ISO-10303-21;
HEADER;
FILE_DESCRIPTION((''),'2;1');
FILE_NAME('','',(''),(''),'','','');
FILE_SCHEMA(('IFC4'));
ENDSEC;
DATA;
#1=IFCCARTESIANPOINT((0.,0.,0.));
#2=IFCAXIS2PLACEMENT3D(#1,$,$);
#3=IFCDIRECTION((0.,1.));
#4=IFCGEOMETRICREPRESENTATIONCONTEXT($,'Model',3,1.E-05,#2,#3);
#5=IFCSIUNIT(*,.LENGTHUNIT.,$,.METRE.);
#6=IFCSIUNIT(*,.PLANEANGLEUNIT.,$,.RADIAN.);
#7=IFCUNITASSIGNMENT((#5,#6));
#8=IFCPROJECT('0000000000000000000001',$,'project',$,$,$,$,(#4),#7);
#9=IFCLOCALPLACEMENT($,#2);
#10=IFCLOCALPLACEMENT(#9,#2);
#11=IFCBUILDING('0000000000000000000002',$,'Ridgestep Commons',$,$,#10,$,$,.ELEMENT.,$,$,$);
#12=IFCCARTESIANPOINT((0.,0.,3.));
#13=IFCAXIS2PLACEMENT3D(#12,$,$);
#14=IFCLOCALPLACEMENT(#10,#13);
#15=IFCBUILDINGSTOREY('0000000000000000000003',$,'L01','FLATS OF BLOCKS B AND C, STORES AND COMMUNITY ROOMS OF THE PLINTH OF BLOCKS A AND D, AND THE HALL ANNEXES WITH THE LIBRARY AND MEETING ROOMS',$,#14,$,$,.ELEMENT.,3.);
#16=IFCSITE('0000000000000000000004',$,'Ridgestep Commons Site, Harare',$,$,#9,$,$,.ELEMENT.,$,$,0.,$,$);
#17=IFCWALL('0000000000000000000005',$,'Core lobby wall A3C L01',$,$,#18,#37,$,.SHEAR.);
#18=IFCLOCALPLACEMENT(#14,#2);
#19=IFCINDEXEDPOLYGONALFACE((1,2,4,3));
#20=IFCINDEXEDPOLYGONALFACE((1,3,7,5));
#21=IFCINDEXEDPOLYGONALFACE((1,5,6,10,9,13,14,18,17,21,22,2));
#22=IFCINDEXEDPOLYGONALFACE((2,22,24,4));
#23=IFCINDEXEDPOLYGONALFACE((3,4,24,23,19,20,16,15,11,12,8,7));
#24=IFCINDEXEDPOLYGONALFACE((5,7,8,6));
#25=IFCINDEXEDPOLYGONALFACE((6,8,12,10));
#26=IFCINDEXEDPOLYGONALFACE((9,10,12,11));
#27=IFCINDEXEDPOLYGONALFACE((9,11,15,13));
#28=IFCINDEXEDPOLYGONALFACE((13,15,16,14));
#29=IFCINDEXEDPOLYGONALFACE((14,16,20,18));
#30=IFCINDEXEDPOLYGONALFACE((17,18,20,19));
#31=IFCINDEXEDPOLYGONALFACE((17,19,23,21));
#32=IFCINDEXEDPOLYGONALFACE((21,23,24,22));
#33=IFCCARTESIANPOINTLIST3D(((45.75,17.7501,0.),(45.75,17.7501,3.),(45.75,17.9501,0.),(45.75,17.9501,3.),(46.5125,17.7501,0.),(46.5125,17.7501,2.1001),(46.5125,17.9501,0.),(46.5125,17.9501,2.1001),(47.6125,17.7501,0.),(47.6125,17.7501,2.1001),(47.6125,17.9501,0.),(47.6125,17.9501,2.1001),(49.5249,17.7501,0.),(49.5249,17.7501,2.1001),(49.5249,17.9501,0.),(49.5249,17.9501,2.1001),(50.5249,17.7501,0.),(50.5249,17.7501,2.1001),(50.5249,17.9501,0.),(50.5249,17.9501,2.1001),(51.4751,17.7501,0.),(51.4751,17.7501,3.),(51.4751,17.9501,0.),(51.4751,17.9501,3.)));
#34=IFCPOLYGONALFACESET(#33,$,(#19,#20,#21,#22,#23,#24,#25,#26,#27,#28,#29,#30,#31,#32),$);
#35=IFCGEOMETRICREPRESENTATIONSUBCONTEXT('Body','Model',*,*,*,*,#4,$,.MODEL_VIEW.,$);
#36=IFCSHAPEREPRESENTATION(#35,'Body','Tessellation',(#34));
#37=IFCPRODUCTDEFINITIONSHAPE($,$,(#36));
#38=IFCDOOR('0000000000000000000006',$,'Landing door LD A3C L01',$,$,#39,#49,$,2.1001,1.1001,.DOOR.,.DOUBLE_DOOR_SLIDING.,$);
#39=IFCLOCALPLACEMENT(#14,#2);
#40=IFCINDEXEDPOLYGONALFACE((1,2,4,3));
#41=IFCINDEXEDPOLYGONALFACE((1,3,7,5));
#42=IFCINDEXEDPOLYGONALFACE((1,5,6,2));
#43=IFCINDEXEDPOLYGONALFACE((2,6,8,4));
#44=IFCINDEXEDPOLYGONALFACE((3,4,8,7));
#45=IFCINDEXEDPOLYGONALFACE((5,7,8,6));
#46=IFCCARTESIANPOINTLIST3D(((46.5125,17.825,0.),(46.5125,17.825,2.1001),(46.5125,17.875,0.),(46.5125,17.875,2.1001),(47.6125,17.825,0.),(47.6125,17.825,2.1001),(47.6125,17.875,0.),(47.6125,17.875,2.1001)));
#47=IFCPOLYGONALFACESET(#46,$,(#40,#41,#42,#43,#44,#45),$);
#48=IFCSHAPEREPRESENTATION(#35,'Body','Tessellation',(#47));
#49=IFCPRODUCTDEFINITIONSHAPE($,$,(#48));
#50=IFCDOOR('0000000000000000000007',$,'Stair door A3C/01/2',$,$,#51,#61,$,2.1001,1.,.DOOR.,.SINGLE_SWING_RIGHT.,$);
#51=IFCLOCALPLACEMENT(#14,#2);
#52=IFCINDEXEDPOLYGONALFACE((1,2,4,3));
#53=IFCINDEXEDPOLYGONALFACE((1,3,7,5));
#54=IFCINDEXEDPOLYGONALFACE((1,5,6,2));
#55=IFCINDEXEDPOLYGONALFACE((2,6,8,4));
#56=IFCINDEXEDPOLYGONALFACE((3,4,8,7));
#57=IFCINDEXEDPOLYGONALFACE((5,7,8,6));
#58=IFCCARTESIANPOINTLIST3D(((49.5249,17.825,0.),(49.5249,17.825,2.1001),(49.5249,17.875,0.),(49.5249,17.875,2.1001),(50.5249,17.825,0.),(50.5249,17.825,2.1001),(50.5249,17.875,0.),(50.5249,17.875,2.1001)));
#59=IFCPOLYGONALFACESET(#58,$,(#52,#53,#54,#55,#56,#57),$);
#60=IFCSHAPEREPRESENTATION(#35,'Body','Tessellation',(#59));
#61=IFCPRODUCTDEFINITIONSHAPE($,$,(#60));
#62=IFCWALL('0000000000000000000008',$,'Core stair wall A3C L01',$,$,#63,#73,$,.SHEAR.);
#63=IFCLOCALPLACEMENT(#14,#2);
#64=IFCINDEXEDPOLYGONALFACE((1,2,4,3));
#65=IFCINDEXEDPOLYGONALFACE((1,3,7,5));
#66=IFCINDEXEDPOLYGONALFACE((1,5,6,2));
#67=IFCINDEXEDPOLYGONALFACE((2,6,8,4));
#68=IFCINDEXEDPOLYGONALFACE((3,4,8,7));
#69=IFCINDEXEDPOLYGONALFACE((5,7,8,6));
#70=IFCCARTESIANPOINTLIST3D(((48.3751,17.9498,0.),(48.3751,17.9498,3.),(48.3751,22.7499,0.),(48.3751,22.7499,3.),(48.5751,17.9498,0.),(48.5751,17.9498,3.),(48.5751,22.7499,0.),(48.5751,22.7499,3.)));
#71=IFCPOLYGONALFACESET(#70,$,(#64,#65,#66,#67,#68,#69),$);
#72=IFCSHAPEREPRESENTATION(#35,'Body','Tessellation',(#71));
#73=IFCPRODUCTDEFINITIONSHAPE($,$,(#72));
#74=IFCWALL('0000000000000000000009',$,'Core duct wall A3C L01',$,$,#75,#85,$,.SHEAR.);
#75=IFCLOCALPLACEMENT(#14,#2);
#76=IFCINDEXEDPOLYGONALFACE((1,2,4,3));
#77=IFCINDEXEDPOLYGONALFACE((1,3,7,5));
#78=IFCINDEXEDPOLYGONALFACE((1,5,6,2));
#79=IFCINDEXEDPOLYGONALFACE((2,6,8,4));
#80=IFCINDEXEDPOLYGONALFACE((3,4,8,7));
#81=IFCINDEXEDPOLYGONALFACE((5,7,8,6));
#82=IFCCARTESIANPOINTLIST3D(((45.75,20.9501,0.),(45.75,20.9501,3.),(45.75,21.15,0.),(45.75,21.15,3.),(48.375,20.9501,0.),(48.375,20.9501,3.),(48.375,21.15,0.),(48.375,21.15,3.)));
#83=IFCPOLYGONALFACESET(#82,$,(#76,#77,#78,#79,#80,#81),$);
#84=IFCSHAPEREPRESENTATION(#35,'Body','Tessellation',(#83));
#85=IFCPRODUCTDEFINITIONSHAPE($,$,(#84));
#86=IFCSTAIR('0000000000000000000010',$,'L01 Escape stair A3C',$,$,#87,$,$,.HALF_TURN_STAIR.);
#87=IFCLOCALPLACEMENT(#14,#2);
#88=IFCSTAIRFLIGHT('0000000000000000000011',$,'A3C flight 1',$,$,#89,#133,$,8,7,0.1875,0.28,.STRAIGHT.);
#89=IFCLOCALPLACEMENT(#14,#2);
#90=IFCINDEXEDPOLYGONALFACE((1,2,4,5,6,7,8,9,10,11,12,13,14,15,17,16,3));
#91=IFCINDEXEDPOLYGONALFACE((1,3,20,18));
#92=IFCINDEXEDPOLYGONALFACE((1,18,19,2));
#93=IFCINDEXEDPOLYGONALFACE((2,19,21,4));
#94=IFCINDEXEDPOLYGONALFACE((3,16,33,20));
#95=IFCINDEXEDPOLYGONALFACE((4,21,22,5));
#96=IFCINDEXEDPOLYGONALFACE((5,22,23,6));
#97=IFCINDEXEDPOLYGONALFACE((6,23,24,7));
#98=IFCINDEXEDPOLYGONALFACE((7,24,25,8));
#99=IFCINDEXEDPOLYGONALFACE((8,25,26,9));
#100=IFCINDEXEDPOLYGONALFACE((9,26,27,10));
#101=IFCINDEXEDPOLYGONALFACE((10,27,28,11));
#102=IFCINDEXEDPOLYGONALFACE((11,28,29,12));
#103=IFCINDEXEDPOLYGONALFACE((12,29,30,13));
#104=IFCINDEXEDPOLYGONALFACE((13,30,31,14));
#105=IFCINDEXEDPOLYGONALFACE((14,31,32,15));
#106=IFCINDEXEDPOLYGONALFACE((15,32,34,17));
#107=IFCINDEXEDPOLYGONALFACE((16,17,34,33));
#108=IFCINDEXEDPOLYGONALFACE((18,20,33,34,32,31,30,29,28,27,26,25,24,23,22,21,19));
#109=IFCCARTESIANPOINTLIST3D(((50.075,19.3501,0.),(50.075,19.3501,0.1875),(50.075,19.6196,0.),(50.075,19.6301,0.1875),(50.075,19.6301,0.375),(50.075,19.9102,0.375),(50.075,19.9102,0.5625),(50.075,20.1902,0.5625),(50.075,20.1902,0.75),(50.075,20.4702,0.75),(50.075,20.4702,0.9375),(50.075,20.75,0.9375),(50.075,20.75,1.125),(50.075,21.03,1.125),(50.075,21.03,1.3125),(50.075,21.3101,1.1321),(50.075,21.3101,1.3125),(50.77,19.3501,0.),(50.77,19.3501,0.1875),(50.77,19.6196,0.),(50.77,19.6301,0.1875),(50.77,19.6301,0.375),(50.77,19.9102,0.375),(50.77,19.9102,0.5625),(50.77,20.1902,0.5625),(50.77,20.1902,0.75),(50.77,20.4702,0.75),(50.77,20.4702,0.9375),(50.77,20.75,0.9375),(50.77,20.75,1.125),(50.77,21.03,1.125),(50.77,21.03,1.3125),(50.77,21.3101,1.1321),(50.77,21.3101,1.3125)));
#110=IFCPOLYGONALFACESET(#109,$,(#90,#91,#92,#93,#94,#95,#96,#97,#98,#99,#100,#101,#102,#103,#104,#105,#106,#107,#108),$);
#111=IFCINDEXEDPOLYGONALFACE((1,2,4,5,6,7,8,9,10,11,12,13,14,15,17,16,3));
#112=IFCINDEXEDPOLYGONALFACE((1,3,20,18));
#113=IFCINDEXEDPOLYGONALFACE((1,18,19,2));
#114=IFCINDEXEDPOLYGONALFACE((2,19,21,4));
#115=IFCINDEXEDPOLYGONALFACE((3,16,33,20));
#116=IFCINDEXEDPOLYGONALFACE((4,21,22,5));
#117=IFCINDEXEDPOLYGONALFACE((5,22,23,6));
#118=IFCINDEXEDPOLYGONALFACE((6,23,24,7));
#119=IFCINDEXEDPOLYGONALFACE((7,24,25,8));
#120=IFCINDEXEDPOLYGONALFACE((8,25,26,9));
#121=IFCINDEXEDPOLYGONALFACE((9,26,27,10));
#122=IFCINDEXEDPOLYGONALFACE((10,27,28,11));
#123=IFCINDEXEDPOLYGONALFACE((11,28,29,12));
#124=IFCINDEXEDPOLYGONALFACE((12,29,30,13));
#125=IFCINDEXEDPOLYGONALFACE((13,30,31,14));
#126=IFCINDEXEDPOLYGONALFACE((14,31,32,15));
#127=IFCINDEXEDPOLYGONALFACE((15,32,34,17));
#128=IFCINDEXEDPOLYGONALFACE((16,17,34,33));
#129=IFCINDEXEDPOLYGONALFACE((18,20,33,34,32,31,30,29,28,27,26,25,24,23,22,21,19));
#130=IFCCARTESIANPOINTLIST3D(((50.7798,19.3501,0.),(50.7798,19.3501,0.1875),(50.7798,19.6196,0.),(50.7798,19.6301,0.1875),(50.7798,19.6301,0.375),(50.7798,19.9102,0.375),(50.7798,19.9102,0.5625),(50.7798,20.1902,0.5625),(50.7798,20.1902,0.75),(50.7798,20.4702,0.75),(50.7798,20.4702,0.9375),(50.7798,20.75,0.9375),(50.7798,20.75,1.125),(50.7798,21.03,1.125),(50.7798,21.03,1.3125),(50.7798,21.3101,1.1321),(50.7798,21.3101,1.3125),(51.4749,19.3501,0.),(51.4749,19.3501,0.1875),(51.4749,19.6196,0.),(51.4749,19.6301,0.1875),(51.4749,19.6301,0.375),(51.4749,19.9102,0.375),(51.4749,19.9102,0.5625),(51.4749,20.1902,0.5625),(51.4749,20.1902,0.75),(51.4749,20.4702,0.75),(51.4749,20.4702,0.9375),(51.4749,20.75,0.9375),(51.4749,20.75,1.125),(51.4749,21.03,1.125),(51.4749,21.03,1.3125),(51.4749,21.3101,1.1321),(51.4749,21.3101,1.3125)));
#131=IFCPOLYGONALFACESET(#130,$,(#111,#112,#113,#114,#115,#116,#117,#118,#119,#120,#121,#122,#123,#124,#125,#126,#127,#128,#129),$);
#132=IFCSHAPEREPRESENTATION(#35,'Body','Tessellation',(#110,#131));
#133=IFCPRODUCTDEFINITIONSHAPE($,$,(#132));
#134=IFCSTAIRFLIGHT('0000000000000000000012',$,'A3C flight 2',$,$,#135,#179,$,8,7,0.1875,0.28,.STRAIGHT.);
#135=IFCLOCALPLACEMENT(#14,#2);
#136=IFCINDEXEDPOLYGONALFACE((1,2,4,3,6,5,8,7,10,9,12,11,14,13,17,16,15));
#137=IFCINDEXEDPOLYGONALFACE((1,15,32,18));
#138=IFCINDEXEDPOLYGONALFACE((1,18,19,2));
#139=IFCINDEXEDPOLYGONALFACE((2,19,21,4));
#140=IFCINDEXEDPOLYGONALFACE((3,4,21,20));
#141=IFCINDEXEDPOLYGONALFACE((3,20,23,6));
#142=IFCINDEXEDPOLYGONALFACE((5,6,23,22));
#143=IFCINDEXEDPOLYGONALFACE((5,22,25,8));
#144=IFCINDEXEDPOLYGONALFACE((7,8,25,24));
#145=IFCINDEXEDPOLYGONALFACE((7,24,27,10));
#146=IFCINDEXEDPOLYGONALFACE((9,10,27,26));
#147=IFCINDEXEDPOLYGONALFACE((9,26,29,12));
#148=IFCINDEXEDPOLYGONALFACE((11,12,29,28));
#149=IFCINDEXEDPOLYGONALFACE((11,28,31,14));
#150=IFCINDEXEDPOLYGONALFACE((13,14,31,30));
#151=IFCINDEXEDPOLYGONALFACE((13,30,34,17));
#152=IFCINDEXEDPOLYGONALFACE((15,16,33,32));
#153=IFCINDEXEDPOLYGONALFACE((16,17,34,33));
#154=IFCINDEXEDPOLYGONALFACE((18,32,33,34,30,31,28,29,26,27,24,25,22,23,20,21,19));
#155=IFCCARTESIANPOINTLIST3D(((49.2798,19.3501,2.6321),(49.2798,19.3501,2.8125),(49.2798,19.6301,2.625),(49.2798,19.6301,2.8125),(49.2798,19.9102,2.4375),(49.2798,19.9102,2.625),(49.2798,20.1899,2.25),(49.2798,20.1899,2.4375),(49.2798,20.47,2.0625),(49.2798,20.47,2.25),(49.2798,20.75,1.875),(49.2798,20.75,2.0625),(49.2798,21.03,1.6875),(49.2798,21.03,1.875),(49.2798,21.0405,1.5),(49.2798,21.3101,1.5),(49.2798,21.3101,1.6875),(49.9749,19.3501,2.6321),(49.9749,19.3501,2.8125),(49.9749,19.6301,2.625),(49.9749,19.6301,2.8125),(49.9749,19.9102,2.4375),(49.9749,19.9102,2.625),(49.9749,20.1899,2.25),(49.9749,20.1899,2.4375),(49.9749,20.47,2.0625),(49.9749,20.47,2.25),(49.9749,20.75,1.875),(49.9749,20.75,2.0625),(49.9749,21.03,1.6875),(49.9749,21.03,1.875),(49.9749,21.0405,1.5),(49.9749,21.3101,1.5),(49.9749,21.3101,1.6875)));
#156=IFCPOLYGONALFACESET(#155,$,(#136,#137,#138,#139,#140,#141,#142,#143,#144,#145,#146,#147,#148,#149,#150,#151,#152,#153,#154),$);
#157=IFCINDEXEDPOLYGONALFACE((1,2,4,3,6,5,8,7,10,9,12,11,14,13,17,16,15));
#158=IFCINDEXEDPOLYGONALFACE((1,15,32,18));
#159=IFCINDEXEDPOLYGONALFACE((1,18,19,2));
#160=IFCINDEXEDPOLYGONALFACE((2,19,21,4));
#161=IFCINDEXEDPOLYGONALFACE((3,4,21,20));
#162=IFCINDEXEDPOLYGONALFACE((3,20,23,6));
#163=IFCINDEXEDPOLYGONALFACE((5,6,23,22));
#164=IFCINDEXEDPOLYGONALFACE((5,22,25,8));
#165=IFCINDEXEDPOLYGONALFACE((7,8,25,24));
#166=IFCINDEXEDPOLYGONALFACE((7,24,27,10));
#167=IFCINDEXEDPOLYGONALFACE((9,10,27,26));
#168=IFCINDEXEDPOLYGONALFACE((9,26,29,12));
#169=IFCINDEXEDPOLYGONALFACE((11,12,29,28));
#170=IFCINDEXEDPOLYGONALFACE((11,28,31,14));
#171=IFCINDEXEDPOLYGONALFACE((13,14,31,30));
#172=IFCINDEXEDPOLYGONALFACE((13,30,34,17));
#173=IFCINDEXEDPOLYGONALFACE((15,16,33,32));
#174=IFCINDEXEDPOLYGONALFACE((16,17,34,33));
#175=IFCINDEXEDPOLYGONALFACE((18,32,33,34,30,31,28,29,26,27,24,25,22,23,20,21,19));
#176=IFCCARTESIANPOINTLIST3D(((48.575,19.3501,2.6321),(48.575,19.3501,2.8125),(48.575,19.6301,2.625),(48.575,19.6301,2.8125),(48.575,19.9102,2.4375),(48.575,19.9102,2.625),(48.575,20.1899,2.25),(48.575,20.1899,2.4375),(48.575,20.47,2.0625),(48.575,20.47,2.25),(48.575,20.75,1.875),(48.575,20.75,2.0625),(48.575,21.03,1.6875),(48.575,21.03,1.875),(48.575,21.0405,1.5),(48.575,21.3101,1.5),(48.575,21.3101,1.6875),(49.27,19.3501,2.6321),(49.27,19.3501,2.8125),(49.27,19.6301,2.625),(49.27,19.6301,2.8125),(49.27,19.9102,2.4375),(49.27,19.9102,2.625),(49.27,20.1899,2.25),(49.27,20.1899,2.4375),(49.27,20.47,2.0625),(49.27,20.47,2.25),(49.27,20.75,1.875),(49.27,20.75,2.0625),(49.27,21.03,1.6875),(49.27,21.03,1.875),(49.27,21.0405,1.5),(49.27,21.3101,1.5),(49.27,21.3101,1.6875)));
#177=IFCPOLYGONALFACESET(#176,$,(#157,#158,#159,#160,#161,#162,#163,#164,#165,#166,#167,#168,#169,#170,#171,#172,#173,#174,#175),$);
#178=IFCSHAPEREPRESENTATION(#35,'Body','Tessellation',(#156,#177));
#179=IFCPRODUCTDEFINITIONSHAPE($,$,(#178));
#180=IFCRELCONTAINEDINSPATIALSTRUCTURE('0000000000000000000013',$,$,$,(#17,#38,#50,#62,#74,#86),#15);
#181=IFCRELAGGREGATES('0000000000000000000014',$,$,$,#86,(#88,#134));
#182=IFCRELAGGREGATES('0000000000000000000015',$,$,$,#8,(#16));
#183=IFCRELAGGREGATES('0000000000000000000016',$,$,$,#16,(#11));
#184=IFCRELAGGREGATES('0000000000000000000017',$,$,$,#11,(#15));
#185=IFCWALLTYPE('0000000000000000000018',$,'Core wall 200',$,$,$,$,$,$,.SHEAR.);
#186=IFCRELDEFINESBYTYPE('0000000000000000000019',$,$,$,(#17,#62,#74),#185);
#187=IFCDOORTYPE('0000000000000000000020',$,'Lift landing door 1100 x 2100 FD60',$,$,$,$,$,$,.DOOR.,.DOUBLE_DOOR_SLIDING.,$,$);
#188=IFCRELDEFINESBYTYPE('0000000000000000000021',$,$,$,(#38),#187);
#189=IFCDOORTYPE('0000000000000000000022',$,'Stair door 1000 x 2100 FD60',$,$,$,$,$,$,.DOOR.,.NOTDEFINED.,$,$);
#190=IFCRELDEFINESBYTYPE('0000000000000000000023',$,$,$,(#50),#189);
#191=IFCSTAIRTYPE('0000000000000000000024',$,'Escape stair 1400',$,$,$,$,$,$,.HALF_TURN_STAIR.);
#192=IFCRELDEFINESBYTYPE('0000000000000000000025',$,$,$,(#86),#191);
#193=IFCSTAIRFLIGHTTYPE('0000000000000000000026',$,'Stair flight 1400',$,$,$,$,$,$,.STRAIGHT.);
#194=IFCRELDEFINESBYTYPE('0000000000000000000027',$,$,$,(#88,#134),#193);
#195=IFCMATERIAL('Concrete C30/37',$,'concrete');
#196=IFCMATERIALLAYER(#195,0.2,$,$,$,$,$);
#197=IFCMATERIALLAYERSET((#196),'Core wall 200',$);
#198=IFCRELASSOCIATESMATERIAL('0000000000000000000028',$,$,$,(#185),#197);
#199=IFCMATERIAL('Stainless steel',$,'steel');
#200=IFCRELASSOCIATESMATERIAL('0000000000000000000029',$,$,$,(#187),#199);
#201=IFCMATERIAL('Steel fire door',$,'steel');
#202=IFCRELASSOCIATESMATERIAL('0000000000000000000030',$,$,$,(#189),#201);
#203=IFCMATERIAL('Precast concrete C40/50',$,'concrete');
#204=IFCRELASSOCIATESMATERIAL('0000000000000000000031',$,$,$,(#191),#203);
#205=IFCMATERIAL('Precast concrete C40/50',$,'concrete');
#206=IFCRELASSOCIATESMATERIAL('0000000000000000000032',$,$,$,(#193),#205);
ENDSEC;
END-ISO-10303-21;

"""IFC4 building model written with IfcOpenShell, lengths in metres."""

from ifc_helpers import new_model, si_unit, direction, frame, frame_2d, origin, place, context, subcontext, project, spatial, polyline, rectangle, outline, extrude, material, layer, layer_set, type_object, element, fill, aggregate, save


model = new_model("IFC4")

# Units and contexts
model_context = context("Model", 3, precision=1e-05, world=origin(), true_north=direction((0.0, 1.0)))
body_context = subcontext(model_context, "Body", "Model", "MODEL_VIEW")
ifc_project = project(units=[si_unit("LENGTHUNIT", "METRE"), si_unit("PLANEANGLEUNIT", "RADIAN")], contexts=[model_context])

# Site, building, storey
site_placement = place(None, origin())
site = spatial("IfcSite", under=ifc_project, at=site_placement, Name="Ridgestep Commons Site, Harare", CompositionType="ELEMENT", RefElevation=0.0)
building_placement = place(site_placement, origin())
building = spatial("IfcBuilding", under=site, at=building_placement, Name="Ridgestep Commons", CompositionType="ELEMENT")
storey_placement = place(building_placement, frame((0.0, 0.0, 3.0)))
storey = spatial("IfcBuildingStorey", under=building, at=storey_placement, Name="L01", Description="FLATS OF BLOCKS B AND C, STORES AND COMMUNITY ROOMS OF THE PLINTH OF BLOCKS A AND D, AND THE HALL ANNEXES WITH THE LIBRARY AND MEETING ROOMS", CompositionType="ELEMENT", Elevation=3.0)

# Shared definitions
ifc_material_1 = material(Name="Concrete C30/37", Category="concrete")
ifc_layer_1 = layer(ifc_material_1, 0.2)
ifc_layer_set_1 = layer_set([ifc_layer_1], Name="Core wall 200")
wall_type_1 = type_object("IfcWallType", Name="Core wall 200", PredefinedType="SHEAR", material=ifc_layer_set_1)

# Wall, openings, doors
wall_1_placement = place(storey_placement, frame((45.75, 17.8501, 0.0), z_axis=(0.0, 0.0, 1.0), x_axis=(1.0, 0.0, 0.0)))
wall_1 = element("IfcWall", 1, at=wall_1_placement, inside=storey, type_object=wall_type_1, Name="Core lobby wall A3C L01", PredefinedType="SHEAR", context=body_context, shape_type="SweptSolid", body=[
    extrude(rectangle(XDim=5.7251, YDim=0.2, at=frame_2d((2.8625, 0.0))), origin(), (0.0, 0.0, 1.0), 3.0),
])
opening_1_placement = place(wall_1_placement, frame((3.7749, 0.0, 0.0)))
opening_1 = element("IfcOpeningElement", 2, at=opening_1_placement, cuts=wall_1, PredefinedType="OPENING", context=body_context, shape_type="SweptSolid", body=[
    extrude(rectangle(XDim=1.0, YDim=2.1001, at=frame_2d((0.5, 1.05))), frame((0.0, 0.1099, 0.0), z_axis=(0.0, -1.0, 0.0), x_axis=(1.0, 0.0, 0.0)), (0.0, 0.0, 1.0), 0.22),
])
opening_2_placement = place(wall_1_placement, frame((0.7625, 0.0, 0.0)))
opening_2 = element("IfcOpeningElement", 3, at=opening_2_placement, cuts=wall_1, PredefinedType="OPENING", context=body_context, shape_type="SweptSolid", body=[
    extrude(rectangle(XDim=1.1001, YDim=2.1001, at=frame_2d((0.55, 1.05))), frame((0.0, 0.1099, 0.0), z_axis=(0.0, -1.0, 0.0), x_axis=(1.0, 0.0, 0.0)), (0.0, 0.0, 1.0), 0.22),
])
ifc_material_2 = material(Name="Stainless steel", Category="steel")
door_type_1 = type_object("IfcDoorType", Name="Lift landing door 1100 x 2100 FD60", OperationType="DOUBLE_DOOR_SLIDING", PredefinedType="DOOR", material=ifc_material_2)
door_1_placement = place(opening_2_placement, origin())
door_1 = element("IfcDoor", 4, at=door_1_placement, inside=storey, type_object=door_type_1, Name="Landing door LD A3C L01", OperationType="DOUBLE_DOOR_SLIDING", OverallHeight=2.1001, OverallWidth=1.1001, PredefinedType="DOOR", context=body_context, shape_type="SweptSolid", body=[
    extrude(rectangle(XDim=1.1001, YDim=2.1001, at=frame_2d((0.55, 1.05))), frame((0.0, 0.0249, 0.0), z_axis=(0.0, -1.0, 0.0), x_axis=(1.0, 0.0, 0.0)), (0.0, 0.0, 1.0), 0.05),
])
fill(opening_2, door_1)
ifc_material_3 = material(Name="Steel fire door", Category="steel")
door_type_2 = type_object("IfcDoorType", Name="Stair door 1000 x 2100 FD60", OperationType="NOTDEFINED", PredefinedType="DOOR", material=ifc_material_3)
door_2_placement = place(opening_1_placement, origin())
door_2 = element("IfcDoor", 5, at=door_2_placement, inside=storey, type_object=door_type_2, Name="Stair door A3C/01/2", OperationType="SINGLE_SWING_RIGHT", OverallHeight=2.1001, OverallWidth=1.0, PredefinedType="DOOR", context=body_context, shape_type="SweptSolid", body=[
    extrude(rectangle(XDim=1.0, YDim=2.1001, at=frame_2d((0.5, 1.05))), frame((0.0, 0.0249, 0.0), z_axis=(0.0, -1.0, 0.0), x_axis=(1.0, 0.0, 0.0)), (0.0, 0.0, 1.0), 0.05),
])
fill(opening_1, door_2)

# Walls
wall_2_placement = place(storey_placement, frame((48.4751, 17.95, 0.0), z_axis=(0.0, 0.0, 1.0), x_axis=(0.0, 1.0, 0.0)))
element("IfcWall", 6, at=wall_2_placement, inside=storey, type_object=wall_type_1, Name="Core stair wall A3C L01", PredefinedType="SHEAR", context=body_context, shape_type="SweptSolid", body=[
    extrude(rectangle(XDim=4.8, YDim=0.2, at=frame_2d((2.3999, 0.0))), origin(), (0.0, 0.0, 1.0), 3.0),
])
wall_3_placement = place(storey_placement, frame((45.75, 21.05, 0.0), z_axis=(0.0, 0.0, 1.0), x_axis=(1.0, 0.0, 0.0)))
element("IfcWall", 7, at=wall_3_placement, inside=storey, type_object=wall_type_1, Name="Core duct wall A3C L01", PredefinedType="SHEAR", context=body_context, shape_type="SweptSolid", body=[
    extrude(rectangle(XDim=2.625, YDim=0.2, at=frame_2d((1.3125, 0.0))), origin(), (0.0, 0.0, 1.0), 3.0),
])

# Stair, stair flights
ifc_material_4 = material(Name="Precast concrete C40/50", Category="concrete")
stair_type = type_object("IfcStairType", Name="Escape stair 1400", PredefinedType="HALF_TURN_STAIR", material=ifc_material_4)
stair_placement = place(storey_placement, origin())
stair = element("IfcStair", 8, at=stair_placement, inside=storey, type_object=stair_type, Name="L01 Escape stair A3C", PredefinedType="HALF_TURN_STAIR")
ifc_material_5 = material(Name="Precast concrete C40/50", Category="concrete")
stair_flight_type = type_object("IfcStairFlightType", Name="Stair flight 1400", PredefinedType="STRAIGHT", material=ifc_material_5)
stair_flight_1_placement = place(storey_placement, frame((50.7749, 19.3501, 0.0), z_axis=(0.0, 0.0, 1.0), x_axis=(0.0, 1.0, 0.0)))
stair_flight_1 = element("IfcStairFlight", 9, at=stair_flight_1_placement, type_object=stair_flight_type, Name="A3C flight 1", NumberOfRisers=8, NumberOfTreads=7, PredefinedType="STRAIGHT", RiserHeight=0.1875, TreadLength=0.28, context=body_context, shape_type="SweptSolid", body=[
    extrude(outline(polyline([(0.0, 0.0), (0.0, 0.1875), (0.28, 0.1875), (0.28, 0.375), (0.5601, 0.375), (0.5601, 0.5625), (0.8401, 0.5625), (0.8401, 0.75), (1.1201, 0.75), (1.1201, 0.9375), (1.3999, 0.9375), (1.3999, 1.125), (1.6799, 1.125), (1.6799, 1.3125), (1.96, 1.3125), (1.96, 1.5), (1.96, 1.1321), (0.2695, 0.0), (0.0, 0.0)])), frame((0.0, 0.7, 0.0), z_axis=(0.0, -1.0, 0.0), x_axis=(1.0, 0.0, 0.0)), (0.0, 0.0, 1.0), 0.6951),
    extrude(outline(polyline([(0.0, 0.0), (0.0, 0.1875), (0.28, 0.1875), (0.28, 0.375), (0.5601, 0.375), (0.5601, 0.5625), (0.8401, 0.5625), (0.8401, 0.75), (1.1201, 0.75), (1.1201, 0.9375), (1.3999, 0.9375), (1.3999, 1.125), (1.6799, 1.125), (1.6799, 1.3125), (1.96, 1.3125), (1.96, 1.5), (1.96, 1.1321), (0.2695, 0.0), (0.0, 0.0)])), frame((0.0, -0.0049, 0.0), z_axis=(0.0, -1.0, 0.0), x_axis=(1.0, 0.0, 0.0)), (0.0, 0.0, 1.0), 0.6951),
])
stair_flight_2_placement = place(storey_placement, frame((49.2749, 21.3101, 1.5), z_axis=(0.0, 0.0, 1.0), x_axis=(0.0, -1.0, 0.0)))
stair_flight_2 = element("IfcStairFlight", 10, at=stair_flight_2_placement, type_object=stair_flight_type, Name="A3C flight 2", NumberOfRisers=8, NumberOfTreads=7, PredefinedType="STRAIGHT", RiserHeight=0.1875, TreadLength=0.28, context=body_context, shape_type="SweptSolid", body=[
    extrude(outline(polyline([(0.0, 0.0), (0.0, 0.1875), (0.28, 0.1875), (0.28, 0.375), (0.5601, 0.375), (0.5601, 0.5625), (0.8401, 0.5625), (0.8401, 0.75), (1.1201, 0.75), (1.1201, 0.9375), (1.3999, 0.9375), (1.3999, 1.125), (1.6799, 1.125), (1.6799, 1.3125), (1.96, 1.3125), (1.96, 1.5), (1.96, 1.1321), (0.2695, 0.0), (0.0, 0.0)])), frame((0.0, 0.7, 0.0), z_axis=(0.0, -1.0, 0.0), x_axis=(1.0, 0.0, 0.0)), (0.0, 0.0, 1.0), 0.6951),
    extrude(outline(polyline([(0.0, 0.0), (0.0, 0.1875), (0.28, 0.1875), (0.28, 0.375), (0.5601, 0.375), (0.5601, 0.5625), (0.8401, 0.5625), (0.8401, 0.75), (1.1201, 0.75), (1.1201, 0.9375), (1.3999, 0.9375), (1.3999, 1.125), (1.6799, 1.125), (1.6799, 1.3125), (1.96, 1.3125), (1.96, 1.5), (1.96, 1.1321), (0.2695, 0.0), (0.0, 0.0)])), frame((0.0, -0.0049, 0.0), z_axis=(0.0, -1.0, 0.0), x_axis=(1.0, 0.0, 0.0)), (0.0, 0.0, 1.0), 0.6951),
])
aggregate(stair, [stair_flight_1, stair_flight_2])

save(model, "model.ifc")
